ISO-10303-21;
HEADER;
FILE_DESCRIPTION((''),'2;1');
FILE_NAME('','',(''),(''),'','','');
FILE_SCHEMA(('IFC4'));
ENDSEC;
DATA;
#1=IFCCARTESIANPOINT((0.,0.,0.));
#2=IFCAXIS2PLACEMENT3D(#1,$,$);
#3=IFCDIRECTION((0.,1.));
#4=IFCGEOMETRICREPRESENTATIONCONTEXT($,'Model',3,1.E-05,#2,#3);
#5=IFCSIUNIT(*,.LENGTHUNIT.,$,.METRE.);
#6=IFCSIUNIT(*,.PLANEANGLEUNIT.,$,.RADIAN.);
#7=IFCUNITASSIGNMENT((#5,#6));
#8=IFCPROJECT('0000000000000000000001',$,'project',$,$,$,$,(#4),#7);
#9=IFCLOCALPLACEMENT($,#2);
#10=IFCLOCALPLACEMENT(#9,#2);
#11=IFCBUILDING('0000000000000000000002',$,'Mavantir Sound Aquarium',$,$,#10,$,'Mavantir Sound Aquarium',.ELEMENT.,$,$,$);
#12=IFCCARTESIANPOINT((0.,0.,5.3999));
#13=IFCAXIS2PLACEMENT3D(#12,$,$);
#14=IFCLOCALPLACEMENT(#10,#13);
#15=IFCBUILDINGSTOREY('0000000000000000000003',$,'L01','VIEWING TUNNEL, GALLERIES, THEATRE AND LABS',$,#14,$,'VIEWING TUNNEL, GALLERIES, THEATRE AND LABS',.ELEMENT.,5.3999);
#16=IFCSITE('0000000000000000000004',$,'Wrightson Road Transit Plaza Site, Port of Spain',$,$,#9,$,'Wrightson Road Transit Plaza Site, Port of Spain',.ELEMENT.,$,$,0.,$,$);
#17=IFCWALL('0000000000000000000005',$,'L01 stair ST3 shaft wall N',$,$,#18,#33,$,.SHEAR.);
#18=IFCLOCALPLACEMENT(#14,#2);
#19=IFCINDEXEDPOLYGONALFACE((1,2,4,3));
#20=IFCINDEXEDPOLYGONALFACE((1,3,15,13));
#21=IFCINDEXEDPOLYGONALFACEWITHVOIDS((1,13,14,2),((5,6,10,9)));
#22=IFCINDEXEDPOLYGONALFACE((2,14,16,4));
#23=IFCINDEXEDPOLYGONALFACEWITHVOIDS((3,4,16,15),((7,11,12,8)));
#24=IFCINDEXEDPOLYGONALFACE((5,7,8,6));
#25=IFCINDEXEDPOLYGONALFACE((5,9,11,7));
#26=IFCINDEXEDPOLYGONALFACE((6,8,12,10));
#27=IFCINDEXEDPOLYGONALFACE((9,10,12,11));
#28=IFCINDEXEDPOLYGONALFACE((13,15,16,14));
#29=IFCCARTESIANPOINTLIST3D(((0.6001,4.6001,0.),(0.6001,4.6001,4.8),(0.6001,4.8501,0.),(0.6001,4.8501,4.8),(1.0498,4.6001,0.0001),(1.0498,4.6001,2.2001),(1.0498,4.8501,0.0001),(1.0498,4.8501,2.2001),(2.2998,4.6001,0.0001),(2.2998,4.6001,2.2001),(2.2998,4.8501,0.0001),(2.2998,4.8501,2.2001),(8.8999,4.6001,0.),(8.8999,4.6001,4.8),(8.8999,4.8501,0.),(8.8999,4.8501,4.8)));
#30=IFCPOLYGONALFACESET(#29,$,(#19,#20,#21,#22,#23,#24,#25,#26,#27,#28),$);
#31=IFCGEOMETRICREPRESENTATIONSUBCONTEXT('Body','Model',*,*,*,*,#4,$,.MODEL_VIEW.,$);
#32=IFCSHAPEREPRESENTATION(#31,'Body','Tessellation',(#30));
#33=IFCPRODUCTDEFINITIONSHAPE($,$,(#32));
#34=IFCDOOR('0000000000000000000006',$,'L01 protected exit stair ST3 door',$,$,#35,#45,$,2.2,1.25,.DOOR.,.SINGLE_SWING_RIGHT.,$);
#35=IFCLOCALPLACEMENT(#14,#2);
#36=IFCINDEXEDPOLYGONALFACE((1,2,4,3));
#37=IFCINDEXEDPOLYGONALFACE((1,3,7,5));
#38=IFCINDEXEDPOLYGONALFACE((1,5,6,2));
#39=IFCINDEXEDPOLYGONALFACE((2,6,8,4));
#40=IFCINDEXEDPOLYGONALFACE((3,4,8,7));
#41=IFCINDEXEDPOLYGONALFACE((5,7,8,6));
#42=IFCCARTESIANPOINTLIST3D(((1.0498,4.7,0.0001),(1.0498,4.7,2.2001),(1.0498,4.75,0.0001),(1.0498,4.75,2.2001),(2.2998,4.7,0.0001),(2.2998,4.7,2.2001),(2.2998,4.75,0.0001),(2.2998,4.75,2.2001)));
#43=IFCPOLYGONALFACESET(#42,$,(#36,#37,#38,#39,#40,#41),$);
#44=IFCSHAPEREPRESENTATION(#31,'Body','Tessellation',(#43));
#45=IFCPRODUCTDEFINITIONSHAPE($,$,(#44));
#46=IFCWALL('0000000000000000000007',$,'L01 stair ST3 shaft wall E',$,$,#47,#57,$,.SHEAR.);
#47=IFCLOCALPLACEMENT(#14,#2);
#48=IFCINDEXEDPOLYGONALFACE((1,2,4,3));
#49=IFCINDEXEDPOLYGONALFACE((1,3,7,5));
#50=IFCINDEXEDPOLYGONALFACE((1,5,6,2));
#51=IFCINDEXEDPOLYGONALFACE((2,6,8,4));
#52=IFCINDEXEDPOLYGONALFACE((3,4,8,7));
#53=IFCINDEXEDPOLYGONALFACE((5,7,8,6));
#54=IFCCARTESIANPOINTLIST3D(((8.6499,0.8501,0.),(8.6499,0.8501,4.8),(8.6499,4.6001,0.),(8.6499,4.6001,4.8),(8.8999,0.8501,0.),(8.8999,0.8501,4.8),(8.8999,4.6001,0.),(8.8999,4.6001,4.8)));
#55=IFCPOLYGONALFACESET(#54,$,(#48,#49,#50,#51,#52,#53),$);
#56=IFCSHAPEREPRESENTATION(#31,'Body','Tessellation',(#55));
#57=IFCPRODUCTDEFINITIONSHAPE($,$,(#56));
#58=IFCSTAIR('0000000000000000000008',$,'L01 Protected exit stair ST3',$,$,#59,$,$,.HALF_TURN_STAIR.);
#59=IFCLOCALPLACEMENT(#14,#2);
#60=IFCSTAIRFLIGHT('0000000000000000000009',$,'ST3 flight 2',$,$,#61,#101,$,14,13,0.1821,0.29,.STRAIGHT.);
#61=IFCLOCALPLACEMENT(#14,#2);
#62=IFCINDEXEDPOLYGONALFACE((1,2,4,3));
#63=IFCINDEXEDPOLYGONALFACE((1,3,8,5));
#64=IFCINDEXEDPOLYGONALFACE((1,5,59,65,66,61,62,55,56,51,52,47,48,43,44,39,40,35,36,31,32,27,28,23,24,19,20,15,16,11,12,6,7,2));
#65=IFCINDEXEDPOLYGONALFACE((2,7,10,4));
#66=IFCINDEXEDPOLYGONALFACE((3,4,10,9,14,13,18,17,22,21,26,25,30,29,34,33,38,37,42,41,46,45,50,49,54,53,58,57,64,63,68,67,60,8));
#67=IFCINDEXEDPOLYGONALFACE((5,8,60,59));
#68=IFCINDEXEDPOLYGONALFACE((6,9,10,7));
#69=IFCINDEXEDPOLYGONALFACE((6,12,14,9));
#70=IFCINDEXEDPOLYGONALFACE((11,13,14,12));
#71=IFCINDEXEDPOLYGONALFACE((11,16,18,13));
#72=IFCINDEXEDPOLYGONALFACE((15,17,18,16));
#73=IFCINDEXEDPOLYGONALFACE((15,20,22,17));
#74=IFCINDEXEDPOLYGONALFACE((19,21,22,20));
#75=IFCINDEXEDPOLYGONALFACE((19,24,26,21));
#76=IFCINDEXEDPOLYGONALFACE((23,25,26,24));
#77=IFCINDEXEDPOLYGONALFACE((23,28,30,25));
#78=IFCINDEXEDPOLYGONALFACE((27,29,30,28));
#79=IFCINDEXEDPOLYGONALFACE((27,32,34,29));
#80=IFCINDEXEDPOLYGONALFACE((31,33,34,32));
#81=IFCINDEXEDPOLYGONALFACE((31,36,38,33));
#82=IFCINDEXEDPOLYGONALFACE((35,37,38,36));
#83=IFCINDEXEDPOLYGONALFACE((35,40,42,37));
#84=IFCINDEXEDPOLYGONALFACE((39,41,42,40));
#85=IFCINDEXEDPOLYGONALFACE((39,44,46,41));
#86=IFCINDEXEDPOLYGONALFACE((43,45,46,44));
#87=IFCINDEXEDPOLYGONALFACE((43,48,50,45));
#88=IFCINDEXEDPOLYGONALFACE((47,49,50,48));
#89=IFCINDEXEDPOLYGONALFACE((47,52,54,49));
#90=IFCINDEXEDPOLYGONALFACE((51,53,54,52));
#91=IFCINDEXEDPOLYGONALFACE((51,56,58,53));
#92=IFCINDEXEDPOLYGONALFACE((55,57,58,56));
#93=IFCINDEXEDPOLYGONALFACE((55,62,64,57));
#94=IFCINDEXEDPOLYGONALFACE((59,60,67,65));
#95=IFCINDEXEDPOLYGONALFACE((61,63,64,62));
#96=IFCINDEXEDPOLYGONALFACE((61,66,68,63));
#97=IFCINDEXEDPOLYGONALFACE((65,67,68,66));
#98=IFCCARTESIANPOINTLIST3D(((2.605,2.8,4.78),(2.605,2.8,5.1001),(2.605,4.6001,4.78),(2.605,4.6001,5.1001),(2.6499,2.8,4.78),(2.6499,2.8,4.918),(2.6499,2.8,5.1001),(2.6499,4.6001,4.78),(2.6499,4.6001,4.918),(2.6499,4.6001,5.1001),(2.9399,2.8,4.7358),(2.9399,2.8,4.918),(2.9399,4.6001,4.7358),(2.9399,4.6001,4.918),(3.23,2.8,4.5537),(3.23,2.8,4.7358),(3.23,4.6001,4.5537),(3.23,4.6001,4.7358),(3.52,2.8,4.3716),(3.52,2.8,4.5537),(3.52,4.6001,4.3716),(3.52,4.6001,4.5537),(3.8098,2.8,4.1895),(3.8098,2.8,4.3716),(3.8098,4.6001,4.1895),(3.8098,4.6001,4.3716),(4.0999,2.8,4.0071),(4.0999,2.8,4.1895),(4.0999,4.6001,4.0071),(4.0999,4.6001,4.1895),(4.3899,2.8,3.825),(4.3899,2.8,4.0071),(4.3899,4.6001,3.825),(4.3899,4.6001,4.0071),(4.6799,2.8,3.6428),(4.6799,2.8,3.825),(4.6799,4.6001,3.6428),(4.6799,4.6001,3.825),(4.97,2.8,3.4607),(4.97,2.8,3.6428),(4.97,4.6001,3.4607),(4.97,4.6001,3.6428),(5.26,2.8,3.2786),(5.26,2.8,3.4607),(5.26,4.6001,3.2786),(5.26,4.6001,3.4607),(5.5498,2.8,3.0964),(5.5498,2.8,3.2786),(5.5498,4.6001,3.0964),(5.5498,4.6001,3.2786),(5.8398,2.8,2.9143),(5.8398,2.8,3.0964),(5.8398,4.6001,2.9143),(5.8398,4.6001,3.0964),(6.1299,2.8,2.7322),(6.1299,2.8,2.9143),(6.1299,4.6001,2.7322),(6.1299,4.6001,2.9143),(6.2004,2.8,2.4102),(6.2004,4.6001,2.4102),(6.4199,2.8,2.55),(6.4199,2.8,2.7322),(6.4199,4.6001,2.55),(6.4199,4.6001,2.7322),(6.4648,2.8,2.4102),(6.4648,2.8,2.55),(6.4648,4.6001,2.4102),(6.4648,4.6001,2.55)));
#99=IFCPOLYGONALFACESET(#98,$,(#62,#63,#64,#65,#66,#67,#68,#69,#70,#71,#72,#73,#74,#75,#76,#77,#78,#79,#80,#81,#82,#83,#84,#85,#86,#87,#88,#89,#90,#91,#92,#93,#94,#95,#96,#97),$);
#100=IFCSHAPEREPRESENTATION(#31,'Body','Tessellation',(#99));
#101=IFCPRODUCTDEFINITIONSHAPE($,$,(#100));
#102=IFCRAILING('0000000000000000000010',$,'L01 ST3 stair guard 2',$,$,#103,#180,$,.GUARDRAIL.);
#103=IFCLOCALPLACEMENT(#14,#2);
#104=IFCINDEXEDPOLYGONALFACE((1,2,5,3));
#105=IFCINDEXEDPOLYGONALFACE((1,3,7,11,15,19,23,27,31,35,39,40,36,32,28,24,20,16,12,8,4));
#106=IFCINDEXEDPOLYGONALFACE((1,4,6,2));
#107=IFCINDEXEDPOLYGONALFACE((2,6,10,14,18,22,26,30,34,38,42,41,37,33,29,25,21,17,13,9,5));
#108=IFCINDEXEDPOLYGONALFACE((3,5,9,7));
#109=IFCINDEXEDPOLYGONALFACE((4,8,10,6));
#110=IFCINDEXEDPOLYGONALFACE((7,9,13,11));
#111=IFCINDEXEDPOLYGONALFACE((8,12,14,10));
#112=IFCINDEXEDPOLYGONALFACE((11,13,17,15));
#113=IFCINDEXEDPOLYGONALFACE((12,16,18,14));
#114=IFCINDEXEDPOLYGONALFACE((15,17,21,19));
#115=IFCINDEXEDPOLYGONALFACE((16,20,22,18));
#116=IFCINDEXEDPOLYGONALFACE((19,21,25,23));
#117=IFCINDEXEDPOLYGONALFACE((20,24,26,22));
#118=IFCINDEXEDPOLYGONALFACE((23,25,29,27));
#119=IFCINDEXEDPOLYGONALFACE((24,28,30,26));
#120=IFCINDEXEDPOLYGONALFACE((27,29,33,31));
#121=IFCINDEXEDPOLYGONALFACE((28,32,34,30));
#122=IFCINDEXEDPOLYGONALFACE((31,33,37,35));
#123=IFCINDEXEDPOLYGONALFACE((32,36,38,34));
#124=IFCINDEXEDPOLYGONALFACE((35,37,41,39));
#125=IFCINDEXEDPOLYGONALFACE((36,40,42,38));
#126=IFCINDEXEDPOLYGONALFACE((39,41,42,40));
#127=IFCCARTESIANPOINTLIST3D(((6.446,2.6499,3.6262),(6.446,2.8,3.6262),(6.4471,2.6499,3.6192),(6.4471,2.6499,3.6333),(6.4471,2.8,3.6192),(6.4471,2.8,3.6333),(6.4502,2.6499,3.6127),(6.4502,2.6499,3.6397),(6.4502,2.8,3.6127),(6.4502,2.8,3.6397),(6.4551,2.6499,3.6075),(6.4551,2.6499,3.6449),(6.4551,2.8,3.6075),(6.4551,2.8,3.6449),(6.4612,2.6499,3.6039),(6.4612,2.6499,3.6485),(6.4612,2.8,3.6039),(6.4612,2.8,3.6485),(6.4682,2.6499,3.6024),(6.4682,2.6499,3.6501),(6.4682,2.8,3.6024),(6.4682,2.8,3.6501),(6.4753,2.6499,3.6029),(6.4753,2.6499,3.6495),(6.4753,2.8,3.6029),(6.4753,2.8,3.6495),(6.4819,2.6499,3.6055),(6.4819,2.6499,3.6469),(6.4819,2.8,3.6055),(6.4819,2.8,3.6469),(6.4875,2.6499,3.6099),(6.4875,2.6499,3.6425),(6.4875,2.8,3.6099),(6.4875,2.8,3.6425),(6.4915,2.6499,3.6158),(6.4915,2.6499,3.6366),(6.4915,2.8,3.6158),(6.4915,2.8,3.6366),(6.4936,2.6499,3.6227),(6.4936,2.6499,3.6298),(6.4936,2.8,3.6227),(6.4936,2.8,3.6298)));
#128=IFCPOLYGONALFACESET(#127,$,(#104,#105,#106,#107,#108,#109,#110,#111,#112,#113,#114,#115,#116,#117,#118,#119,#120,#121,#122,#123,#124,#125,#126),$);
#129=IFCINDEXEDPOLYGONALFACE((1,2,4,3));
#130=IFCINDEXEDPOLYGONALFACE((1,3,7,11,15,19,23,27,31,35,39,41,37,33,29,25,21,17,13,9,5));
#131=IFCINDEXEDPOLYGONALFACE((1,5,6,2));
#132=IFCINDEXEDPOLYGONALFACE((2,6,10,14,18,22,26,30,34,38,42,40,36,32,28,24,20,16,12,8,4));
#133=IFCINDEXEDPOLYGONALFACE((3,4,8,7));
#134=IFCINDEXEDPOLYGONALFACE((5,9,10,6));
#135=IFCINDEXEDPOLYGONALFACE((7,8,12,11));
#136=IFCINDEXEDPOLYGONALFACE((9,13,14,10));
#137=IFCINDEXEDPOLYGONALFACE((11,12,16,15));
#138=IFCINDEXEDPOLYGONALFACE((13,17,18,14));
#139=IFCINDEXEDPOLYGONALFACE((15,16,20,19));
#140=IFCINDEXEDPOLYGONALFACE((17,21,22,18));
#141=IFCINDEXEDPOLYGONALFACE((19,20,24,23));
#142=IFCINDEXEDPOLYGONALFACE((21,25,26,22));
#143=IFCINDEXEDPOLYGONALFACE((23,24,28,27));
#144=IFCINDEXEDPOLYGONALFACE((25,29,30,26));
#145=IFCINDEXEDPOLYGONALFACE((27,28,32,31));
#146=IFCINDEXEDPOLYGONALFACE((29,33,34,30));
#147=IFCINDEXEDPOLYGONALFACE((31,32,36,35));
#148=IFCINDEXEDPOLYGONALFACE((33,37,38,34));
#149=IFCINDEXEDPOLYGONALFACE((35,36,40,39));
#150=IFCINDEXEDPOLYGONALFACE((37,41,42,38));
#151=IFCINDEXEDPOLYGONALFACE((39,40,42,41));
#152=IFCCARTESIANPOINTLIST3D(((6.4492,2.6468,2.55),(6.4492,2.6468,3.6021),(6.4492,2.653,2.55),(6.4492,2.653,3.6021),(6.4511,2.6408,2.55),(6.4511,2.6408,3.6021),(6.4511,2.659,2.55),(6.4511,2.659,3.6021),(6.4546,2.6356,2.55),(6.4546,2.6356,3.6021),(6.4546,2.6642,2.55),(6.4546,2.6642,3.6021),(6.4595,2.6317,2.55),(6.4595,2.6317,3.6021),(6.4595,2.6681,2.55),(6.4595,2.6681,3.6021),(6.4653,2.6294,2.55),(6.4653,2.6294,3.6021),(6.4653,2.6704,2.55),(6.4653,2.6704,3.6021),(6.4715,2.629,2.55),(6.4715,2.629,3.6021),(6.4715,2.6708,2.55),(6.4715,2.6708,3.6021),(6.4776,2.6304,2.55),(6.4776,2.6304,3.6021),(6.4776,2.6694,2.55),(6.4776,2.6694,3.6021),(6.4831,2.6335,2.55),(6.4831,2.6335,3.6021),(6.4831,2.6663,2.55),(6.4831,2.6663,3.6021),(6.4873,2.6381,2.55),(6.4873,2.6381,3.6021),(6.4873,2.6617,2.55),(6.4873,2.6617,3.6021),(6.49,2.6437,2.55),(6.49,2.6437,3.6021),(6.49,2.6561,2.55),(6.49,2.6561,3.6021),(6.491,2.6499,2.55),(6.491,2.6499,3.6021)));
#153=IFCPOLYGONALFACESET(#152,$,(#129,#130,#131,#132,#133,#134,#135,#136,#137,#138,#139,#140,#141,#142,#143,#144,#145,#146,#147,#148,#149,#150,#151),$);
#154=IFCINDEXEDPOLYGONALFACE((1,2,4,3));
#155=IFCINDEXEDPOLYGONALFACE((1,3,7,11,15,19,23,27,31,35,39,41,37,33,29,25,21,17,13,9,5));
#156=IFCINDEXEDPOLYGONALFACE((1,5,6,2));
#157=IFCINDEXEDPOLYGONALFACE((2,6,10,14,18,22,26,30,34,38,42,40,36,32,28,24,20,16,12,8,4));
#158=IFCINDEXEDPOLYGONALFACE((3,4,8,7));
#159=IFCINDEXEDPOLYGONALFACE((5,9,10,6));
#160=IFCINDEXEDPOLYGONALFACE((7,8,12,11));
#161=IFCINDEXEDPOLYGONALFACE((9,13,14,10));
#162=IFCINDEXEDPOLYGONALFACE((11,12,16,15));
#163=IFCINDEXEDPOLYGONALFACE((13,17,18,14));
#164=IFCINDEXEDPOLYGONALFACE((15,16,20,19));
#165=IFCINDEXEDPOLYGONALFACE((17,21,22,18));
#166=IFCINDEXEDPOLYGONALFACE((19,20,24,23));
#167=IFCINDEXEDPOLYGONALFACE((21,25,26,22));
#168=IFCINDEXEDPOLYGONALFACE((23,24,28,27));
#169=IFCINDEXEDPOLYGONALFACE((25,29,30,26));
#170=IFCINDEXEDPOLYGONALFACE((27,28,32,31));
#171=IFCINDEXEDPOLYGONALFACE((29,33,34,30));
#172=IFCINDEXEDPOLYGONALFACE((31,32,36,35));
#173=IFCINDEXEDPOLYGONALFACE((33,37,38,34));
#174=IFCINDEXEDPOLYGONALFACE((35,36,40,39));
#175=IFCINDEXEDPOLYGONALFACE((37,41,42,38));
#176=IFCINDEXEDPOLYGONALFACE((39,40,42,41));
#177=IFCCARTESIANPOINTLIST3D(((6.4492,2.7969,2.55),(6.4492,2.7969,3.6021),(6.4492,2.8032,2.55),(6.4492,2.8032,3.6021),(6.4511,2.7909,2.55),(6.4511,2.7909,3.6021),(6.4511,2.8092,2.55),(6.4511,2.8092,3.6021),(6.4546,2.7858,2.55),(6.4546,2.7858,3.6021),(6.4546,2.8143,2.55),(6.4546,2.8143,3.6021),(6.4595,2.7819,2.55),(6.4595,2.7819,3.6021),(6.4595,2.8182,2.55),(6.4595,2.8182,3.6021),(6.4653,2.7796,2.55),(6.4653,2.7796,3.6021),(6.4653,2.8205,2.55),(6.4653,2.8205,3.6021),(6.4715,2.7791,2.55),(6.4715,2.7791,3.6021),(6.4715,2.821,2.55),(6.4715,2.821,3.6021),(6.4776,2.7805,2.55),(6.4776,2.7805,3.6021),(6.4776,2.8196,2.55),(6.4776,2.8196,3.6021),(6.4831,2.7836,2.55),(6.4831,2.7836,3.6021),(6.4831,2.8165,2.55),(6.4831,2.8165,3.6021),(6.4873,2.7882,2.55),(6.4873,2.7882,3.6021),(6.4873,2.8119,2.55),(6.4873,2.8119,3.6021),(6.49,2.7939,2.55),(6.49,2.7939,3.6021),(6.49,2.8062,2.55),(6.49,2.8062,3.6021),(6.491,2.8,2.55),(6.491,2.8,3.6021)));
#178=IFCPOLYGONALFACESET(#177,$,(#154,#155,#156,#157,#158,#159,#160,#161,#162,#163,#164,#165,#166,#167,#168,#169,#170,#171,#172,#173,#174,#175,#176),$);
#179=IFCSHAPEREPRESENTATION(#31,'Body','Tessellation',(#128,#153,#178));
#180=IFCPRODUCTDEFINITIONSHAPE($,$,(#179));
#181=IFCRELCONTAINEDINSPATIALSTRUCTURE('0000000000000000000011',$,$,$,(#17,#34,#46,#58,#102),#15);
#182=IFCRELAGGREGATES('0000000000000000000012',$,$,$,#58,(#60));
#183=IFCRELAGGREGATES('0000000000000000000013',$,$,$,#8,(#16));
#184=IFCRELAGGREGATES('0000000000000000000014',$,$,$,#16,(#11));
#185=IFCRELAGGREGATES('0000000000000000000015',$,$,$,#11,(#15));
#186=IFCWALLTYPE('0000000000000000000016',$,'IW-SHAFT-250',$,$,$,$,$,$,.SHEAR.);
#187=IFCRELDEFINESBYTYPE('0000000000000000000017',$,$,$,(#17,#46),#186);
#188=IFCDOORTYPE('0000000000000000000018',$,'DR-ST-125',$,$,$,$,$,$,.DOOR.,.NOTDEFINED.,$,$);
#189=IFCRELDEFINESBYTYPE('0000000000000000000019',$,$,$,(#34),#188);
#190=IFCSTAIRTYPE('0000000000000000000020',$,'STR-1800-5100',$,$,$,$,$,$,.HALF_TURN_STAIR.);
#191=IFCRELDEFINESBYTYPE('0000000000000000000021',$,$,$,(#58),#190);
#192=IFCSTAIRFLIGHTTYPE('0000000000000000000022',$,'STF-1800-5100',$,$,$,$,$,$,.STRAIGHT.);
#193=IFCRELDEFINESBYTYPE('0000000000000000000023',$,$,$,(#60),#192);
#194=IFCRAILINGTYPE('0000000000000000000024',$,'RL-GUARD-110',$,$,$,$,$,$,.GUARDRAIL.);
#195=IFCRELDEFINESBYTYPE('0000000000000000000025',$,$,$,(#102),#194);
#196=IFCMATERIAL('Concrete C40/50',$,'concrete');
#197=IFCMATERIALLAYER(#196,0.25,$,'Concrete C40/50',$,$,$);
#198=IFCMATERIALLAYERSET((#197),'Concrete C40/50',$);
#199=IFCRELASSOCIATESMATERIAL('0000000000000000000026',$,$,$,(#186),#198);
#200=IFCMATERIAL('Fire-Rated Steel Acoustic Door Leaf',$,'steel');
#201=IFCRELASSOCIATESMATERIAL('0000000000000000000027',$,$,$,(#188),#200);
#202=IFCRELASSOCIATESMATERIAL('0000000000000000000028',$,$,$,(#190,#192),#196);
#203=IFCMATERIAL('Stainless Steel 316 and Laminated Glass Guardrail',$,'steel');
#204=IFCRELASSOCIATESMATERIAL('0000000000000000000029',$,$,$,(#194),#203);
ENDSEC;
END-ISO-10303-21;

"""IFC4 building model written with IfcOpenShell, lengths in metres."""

from ifc_helpers import new_model, si_unit, direction, frame, frame_2d, origin, origin_2d, place, context, subcontext, project, spatial, polyline, rectangle, circle, outline, extrude, material, layer, layer_set, type_object, element, fill, aggregate, save


model = new_model("IFC4")

# Units and contexts
model_context = context("Model", 3, precision=1e-05, world=origin(), true_north=direction((0.0, 1.0)))
body_context = subcontext(model_context, "Body", "Model", "MODEL_VIEW")
ifc_project = project(units=[si_unit("LENGTHUNIT", "METRE"), si_unit("PLANEANGLEUNIT", "RADIAN")], contexts=[model_context])

# Site, building, storey
site_placement = place(None, origin())
site = spatial("IfcSite", under=ifc_project, at=site_placement, Name="Wrightson Road Transit Plaza Site, Port of Spain", LongName="Wrightson Road Transit Plaza Site, Port of Spain", CompositionType="ELEMENT", RefElevation=0.0)
building_placement = place(site_placement, origin())
building = spatial("IfcBuilding", under=site, at=building_placement, Name="Mavantir Sound Aquarium", LongName="Mavantir Sound Aquarium", CompositionType="ELEMENT")
storey_placement = place(building_placement, frame((0.0, 0.0, 5.3999)))
storey = spatial("IfcBuildingStorey", under=building, at=storey_placement, Name="L01", Description="VIEWING TUNNEL, GALLERIES, THEATRE AND LABS", LongName="VIEWING TUNNEL, GALLERIES, THEATRE AND LABS", CompositionType="ELEMENT", Elevation=5.3999)

# Shared definitions
ifc_material_1 = material(Name="Concrete C40/50", Category="concrete")

# Wall, opening, door
ifc_layer_1 = layer(ifc_material_1, 0.25, Name="Concrete C40/50")
ifc_layer_set_1 = layer_set([ifc_layer_1], Name="Concrete C40/50")
wall_type = type_object("IfcWallType", Name="IW-SHAFT-250", PredefinedType="SHEAR", material=ifc_layer_set_1)
wall_1_placement = place(storey_placement, frame((8.8999, 4.7251, 0.0), z_axis=(0.0, 0.0, 1.0), x_axis=(-1.0, 0.0, 0.0)))
wall_1 = element("IfcWall", 1, at=wall_1_placement, inside=storey, type_object=wall_type, Name="L01 stair ST3 shaft wall N", PredefinedType="SHEAR", context=body_context, shape_type="SweptSolid", body=[
    extrude(rectangle(XDim=8.2998, YDim=0.25, at=frame_2d((4.1499, 0.0))), origin(), (0.0, 0.0, 1.0), 4.8),
])
opening_placement = place(wall_1_placement, frame((7.8501, 0.0, 0.0), z_axis=(0.0, 0.0, 1.0), x_axis=(-1.0, 0.0, 0.0)))
opening = element("IfcOpeningElement", 2, at=opening_placement, cuts=wall_1, PredefinedType="OPENING", context=body_context, shape_type="SweptSolid", body=[
    extrude(rectangle(XDim=1.25, YDim=2.2, at=frame_2d((0.625, 1.1001))), frame((0.0, 0.135, 0.0), z_axis=(0.0, -1.0, 0.0), x_axis=(1.0, 0.0, 0.0)), (0.0, 0.0, 1.0), 0.27),
])
ifc_material_2 = material(Name="Fire-Rated Steel Acoustic Door Leaf", Category="steel")
door_type = type_object("IfcDoorType", Name="DR-ST-125", OperationType="NOTDEFINED", PredefinedType="DOOR", material=ifc_material_2)
door_placement = place(opening_placement, origin())
door = element("IfcDoor", 3, at=door_placement, inside=storey, type_object=door_type, Name="L01 protected exit stair ST3 door", OperationType="SINGLE_SWING_RIGHT", OverallHeight=2.2, OverallWidth=1.25, PredefinedType="DOOR", context=body_context, shape_type="SweptSolid", body=[
    extrude(rectangle(XDim=1.25, YDim=2.2, at=frame_2d((0.625, 1.1001))), frame((0.0, 0.0249, 0.0), z_axis=(0.0, -1.0, 0.0), x_axis=(1.0, 0.0, 0.0)), (0.0, 0.0, 1.0), 0.05),
])
fill(opening, door)

# Wall
wall_2_placement = place(storey_placement, frame((8.7749, 0.8501, 0.0), z_axis=(0.0, 0.0, 1.0), x_axis=(0.0, 1.0, 0.0)))
element("IfcWall", 4, at=wall_2_placement, inside=storey, type_object=wall_type, Name="L01 stair ST3 shaft wall E", PredefinedType="SHEAR", context=body_context, shape_type="SweptSolid", body=[
    extrude(rectangle(XDim=3.75, YDim=0.25, at=frame_2d((1.875, 0.0))), origin(), (0.0, 0.0, 1.0), 4.8),
])

# Stair, stair flight
stair_type = type_object("IfcStairType", Name="STR-1800-5100", PredefinedType="HALF_TURN_STAIR", material=ifc_material_1)
stair_placement = place(storey_placement, origin())
stair = element("IfcStair", 5, at=stair_placement, inside=storey, type_object=stair_type, Name="L01 Protected exit stair ST3", PredefinedType="HALF_TURN_STAIR")
stair_flight_type = type_object("IfcStairFlightType", Name="STF-1800-5100", PredefinedType="STRAIGHT", material=ifc_material_1)
stair_flight_placement = place(storey_placement, frame((6.4199, 3.7, 2.55), z_axis=(0.0, 0.0, 1.0), x_axis=(-1.0, 0.0, 0.0)))
stair_flight = element("IfcStairFlight", 6, at=stair_flight_placement, type_object=stair_flight_type, Name="ST3 flight 2", NumberOfRisers=14, NumberOfTreads=13, PredefinedType="STRAIGHT", RiserHeight=0.1821, TreadLength=0.29, context=body_context, shape_type="SweptSolid", body=[
    extrude(outline(polyline([(-0.0449, -0.1399), (-0.0449, 0.0), (0.0, 0.0), (0.0, 0.1821), (0.29, 0.1821), (0.29, 0.3643), (0.5801, 0.3643), (0.5801, 0.5464), (0.8701, 0.5464), (0.8701, 0.7285), (1.1599, 0.7285), (1.1599, 0.9106), (1.45, 0.9106), (1.45, 1.0928), (1.74, 1.0928), (1.74, 1.2749), (2.03, 1.2749), (2.03, 1.457), (2.3201, 1.457), (2.3201, 1.6394), (2.6101, 1.6394), (2.6101, 1.8215), (2.8999, 1.8215), (2.8999, 2.0037), (3.1899, 2.0037), (3.1899, 2.1858), (3.48, 2.1858), (3.48, 2.3679), (3.77, 2.3679), (3.77, 2.55), (3.8149, 2.55), (3.8149, 2.23), (3.77, 2.23), (0.2195, -0.1399), (-0.0449, -0.1399)])), frame((0.0, 0.8999, 0.0), z_axis=(0.0, -1.0, 0.0), x_axis=(1.0, 0.0, 0.0)), (0.0, 0.0, 1.0), 1.8),
])
aggregate(stair, [stair_flight])

# Railing
ifc_material_3 = material(Name="Stainless Steel 316 and Laminated Glass Guardrail", Category="steel")
railing_type_1 = type_object("IfcRailingType", Name="RL-GUARD-110", PredefinedType="GUARDRAIL", material=ifc_material_3)
railing_1_placement = place(storey_placement, frame((6.47, 2.6499, 2.55)))
element("IfcRailing", 7, at=railing_1_placement, inside=storey, type_object=railing_type_1, Name="L01 ST3 stair guard 2", PredefinedType="GUARDRAIL", context=body_context, shape_type="SweptSolid", body=[
    extrude(circle(Radius=0.0239, at=origin_2d()), frame((0.0, 0.0, 1.0762), z_axis=(0.0, 1.0, 0.0), x_axis=(-1.0, 0.0, 0.0)), (0.0, 0.0, 1.0), 0.1501),
    extrude(circle(Radius=0.021, at=origin_2d()), origin(), (0.0, 0.0, 1.0), 1.052),
    extrude(circle(Radius=0.021, at=origin_2d()), frame((0.0, 0.1501, 0.0)), (0.0, 0.0, 1.0), 1.052),
])

save(model, "model.ifc")
